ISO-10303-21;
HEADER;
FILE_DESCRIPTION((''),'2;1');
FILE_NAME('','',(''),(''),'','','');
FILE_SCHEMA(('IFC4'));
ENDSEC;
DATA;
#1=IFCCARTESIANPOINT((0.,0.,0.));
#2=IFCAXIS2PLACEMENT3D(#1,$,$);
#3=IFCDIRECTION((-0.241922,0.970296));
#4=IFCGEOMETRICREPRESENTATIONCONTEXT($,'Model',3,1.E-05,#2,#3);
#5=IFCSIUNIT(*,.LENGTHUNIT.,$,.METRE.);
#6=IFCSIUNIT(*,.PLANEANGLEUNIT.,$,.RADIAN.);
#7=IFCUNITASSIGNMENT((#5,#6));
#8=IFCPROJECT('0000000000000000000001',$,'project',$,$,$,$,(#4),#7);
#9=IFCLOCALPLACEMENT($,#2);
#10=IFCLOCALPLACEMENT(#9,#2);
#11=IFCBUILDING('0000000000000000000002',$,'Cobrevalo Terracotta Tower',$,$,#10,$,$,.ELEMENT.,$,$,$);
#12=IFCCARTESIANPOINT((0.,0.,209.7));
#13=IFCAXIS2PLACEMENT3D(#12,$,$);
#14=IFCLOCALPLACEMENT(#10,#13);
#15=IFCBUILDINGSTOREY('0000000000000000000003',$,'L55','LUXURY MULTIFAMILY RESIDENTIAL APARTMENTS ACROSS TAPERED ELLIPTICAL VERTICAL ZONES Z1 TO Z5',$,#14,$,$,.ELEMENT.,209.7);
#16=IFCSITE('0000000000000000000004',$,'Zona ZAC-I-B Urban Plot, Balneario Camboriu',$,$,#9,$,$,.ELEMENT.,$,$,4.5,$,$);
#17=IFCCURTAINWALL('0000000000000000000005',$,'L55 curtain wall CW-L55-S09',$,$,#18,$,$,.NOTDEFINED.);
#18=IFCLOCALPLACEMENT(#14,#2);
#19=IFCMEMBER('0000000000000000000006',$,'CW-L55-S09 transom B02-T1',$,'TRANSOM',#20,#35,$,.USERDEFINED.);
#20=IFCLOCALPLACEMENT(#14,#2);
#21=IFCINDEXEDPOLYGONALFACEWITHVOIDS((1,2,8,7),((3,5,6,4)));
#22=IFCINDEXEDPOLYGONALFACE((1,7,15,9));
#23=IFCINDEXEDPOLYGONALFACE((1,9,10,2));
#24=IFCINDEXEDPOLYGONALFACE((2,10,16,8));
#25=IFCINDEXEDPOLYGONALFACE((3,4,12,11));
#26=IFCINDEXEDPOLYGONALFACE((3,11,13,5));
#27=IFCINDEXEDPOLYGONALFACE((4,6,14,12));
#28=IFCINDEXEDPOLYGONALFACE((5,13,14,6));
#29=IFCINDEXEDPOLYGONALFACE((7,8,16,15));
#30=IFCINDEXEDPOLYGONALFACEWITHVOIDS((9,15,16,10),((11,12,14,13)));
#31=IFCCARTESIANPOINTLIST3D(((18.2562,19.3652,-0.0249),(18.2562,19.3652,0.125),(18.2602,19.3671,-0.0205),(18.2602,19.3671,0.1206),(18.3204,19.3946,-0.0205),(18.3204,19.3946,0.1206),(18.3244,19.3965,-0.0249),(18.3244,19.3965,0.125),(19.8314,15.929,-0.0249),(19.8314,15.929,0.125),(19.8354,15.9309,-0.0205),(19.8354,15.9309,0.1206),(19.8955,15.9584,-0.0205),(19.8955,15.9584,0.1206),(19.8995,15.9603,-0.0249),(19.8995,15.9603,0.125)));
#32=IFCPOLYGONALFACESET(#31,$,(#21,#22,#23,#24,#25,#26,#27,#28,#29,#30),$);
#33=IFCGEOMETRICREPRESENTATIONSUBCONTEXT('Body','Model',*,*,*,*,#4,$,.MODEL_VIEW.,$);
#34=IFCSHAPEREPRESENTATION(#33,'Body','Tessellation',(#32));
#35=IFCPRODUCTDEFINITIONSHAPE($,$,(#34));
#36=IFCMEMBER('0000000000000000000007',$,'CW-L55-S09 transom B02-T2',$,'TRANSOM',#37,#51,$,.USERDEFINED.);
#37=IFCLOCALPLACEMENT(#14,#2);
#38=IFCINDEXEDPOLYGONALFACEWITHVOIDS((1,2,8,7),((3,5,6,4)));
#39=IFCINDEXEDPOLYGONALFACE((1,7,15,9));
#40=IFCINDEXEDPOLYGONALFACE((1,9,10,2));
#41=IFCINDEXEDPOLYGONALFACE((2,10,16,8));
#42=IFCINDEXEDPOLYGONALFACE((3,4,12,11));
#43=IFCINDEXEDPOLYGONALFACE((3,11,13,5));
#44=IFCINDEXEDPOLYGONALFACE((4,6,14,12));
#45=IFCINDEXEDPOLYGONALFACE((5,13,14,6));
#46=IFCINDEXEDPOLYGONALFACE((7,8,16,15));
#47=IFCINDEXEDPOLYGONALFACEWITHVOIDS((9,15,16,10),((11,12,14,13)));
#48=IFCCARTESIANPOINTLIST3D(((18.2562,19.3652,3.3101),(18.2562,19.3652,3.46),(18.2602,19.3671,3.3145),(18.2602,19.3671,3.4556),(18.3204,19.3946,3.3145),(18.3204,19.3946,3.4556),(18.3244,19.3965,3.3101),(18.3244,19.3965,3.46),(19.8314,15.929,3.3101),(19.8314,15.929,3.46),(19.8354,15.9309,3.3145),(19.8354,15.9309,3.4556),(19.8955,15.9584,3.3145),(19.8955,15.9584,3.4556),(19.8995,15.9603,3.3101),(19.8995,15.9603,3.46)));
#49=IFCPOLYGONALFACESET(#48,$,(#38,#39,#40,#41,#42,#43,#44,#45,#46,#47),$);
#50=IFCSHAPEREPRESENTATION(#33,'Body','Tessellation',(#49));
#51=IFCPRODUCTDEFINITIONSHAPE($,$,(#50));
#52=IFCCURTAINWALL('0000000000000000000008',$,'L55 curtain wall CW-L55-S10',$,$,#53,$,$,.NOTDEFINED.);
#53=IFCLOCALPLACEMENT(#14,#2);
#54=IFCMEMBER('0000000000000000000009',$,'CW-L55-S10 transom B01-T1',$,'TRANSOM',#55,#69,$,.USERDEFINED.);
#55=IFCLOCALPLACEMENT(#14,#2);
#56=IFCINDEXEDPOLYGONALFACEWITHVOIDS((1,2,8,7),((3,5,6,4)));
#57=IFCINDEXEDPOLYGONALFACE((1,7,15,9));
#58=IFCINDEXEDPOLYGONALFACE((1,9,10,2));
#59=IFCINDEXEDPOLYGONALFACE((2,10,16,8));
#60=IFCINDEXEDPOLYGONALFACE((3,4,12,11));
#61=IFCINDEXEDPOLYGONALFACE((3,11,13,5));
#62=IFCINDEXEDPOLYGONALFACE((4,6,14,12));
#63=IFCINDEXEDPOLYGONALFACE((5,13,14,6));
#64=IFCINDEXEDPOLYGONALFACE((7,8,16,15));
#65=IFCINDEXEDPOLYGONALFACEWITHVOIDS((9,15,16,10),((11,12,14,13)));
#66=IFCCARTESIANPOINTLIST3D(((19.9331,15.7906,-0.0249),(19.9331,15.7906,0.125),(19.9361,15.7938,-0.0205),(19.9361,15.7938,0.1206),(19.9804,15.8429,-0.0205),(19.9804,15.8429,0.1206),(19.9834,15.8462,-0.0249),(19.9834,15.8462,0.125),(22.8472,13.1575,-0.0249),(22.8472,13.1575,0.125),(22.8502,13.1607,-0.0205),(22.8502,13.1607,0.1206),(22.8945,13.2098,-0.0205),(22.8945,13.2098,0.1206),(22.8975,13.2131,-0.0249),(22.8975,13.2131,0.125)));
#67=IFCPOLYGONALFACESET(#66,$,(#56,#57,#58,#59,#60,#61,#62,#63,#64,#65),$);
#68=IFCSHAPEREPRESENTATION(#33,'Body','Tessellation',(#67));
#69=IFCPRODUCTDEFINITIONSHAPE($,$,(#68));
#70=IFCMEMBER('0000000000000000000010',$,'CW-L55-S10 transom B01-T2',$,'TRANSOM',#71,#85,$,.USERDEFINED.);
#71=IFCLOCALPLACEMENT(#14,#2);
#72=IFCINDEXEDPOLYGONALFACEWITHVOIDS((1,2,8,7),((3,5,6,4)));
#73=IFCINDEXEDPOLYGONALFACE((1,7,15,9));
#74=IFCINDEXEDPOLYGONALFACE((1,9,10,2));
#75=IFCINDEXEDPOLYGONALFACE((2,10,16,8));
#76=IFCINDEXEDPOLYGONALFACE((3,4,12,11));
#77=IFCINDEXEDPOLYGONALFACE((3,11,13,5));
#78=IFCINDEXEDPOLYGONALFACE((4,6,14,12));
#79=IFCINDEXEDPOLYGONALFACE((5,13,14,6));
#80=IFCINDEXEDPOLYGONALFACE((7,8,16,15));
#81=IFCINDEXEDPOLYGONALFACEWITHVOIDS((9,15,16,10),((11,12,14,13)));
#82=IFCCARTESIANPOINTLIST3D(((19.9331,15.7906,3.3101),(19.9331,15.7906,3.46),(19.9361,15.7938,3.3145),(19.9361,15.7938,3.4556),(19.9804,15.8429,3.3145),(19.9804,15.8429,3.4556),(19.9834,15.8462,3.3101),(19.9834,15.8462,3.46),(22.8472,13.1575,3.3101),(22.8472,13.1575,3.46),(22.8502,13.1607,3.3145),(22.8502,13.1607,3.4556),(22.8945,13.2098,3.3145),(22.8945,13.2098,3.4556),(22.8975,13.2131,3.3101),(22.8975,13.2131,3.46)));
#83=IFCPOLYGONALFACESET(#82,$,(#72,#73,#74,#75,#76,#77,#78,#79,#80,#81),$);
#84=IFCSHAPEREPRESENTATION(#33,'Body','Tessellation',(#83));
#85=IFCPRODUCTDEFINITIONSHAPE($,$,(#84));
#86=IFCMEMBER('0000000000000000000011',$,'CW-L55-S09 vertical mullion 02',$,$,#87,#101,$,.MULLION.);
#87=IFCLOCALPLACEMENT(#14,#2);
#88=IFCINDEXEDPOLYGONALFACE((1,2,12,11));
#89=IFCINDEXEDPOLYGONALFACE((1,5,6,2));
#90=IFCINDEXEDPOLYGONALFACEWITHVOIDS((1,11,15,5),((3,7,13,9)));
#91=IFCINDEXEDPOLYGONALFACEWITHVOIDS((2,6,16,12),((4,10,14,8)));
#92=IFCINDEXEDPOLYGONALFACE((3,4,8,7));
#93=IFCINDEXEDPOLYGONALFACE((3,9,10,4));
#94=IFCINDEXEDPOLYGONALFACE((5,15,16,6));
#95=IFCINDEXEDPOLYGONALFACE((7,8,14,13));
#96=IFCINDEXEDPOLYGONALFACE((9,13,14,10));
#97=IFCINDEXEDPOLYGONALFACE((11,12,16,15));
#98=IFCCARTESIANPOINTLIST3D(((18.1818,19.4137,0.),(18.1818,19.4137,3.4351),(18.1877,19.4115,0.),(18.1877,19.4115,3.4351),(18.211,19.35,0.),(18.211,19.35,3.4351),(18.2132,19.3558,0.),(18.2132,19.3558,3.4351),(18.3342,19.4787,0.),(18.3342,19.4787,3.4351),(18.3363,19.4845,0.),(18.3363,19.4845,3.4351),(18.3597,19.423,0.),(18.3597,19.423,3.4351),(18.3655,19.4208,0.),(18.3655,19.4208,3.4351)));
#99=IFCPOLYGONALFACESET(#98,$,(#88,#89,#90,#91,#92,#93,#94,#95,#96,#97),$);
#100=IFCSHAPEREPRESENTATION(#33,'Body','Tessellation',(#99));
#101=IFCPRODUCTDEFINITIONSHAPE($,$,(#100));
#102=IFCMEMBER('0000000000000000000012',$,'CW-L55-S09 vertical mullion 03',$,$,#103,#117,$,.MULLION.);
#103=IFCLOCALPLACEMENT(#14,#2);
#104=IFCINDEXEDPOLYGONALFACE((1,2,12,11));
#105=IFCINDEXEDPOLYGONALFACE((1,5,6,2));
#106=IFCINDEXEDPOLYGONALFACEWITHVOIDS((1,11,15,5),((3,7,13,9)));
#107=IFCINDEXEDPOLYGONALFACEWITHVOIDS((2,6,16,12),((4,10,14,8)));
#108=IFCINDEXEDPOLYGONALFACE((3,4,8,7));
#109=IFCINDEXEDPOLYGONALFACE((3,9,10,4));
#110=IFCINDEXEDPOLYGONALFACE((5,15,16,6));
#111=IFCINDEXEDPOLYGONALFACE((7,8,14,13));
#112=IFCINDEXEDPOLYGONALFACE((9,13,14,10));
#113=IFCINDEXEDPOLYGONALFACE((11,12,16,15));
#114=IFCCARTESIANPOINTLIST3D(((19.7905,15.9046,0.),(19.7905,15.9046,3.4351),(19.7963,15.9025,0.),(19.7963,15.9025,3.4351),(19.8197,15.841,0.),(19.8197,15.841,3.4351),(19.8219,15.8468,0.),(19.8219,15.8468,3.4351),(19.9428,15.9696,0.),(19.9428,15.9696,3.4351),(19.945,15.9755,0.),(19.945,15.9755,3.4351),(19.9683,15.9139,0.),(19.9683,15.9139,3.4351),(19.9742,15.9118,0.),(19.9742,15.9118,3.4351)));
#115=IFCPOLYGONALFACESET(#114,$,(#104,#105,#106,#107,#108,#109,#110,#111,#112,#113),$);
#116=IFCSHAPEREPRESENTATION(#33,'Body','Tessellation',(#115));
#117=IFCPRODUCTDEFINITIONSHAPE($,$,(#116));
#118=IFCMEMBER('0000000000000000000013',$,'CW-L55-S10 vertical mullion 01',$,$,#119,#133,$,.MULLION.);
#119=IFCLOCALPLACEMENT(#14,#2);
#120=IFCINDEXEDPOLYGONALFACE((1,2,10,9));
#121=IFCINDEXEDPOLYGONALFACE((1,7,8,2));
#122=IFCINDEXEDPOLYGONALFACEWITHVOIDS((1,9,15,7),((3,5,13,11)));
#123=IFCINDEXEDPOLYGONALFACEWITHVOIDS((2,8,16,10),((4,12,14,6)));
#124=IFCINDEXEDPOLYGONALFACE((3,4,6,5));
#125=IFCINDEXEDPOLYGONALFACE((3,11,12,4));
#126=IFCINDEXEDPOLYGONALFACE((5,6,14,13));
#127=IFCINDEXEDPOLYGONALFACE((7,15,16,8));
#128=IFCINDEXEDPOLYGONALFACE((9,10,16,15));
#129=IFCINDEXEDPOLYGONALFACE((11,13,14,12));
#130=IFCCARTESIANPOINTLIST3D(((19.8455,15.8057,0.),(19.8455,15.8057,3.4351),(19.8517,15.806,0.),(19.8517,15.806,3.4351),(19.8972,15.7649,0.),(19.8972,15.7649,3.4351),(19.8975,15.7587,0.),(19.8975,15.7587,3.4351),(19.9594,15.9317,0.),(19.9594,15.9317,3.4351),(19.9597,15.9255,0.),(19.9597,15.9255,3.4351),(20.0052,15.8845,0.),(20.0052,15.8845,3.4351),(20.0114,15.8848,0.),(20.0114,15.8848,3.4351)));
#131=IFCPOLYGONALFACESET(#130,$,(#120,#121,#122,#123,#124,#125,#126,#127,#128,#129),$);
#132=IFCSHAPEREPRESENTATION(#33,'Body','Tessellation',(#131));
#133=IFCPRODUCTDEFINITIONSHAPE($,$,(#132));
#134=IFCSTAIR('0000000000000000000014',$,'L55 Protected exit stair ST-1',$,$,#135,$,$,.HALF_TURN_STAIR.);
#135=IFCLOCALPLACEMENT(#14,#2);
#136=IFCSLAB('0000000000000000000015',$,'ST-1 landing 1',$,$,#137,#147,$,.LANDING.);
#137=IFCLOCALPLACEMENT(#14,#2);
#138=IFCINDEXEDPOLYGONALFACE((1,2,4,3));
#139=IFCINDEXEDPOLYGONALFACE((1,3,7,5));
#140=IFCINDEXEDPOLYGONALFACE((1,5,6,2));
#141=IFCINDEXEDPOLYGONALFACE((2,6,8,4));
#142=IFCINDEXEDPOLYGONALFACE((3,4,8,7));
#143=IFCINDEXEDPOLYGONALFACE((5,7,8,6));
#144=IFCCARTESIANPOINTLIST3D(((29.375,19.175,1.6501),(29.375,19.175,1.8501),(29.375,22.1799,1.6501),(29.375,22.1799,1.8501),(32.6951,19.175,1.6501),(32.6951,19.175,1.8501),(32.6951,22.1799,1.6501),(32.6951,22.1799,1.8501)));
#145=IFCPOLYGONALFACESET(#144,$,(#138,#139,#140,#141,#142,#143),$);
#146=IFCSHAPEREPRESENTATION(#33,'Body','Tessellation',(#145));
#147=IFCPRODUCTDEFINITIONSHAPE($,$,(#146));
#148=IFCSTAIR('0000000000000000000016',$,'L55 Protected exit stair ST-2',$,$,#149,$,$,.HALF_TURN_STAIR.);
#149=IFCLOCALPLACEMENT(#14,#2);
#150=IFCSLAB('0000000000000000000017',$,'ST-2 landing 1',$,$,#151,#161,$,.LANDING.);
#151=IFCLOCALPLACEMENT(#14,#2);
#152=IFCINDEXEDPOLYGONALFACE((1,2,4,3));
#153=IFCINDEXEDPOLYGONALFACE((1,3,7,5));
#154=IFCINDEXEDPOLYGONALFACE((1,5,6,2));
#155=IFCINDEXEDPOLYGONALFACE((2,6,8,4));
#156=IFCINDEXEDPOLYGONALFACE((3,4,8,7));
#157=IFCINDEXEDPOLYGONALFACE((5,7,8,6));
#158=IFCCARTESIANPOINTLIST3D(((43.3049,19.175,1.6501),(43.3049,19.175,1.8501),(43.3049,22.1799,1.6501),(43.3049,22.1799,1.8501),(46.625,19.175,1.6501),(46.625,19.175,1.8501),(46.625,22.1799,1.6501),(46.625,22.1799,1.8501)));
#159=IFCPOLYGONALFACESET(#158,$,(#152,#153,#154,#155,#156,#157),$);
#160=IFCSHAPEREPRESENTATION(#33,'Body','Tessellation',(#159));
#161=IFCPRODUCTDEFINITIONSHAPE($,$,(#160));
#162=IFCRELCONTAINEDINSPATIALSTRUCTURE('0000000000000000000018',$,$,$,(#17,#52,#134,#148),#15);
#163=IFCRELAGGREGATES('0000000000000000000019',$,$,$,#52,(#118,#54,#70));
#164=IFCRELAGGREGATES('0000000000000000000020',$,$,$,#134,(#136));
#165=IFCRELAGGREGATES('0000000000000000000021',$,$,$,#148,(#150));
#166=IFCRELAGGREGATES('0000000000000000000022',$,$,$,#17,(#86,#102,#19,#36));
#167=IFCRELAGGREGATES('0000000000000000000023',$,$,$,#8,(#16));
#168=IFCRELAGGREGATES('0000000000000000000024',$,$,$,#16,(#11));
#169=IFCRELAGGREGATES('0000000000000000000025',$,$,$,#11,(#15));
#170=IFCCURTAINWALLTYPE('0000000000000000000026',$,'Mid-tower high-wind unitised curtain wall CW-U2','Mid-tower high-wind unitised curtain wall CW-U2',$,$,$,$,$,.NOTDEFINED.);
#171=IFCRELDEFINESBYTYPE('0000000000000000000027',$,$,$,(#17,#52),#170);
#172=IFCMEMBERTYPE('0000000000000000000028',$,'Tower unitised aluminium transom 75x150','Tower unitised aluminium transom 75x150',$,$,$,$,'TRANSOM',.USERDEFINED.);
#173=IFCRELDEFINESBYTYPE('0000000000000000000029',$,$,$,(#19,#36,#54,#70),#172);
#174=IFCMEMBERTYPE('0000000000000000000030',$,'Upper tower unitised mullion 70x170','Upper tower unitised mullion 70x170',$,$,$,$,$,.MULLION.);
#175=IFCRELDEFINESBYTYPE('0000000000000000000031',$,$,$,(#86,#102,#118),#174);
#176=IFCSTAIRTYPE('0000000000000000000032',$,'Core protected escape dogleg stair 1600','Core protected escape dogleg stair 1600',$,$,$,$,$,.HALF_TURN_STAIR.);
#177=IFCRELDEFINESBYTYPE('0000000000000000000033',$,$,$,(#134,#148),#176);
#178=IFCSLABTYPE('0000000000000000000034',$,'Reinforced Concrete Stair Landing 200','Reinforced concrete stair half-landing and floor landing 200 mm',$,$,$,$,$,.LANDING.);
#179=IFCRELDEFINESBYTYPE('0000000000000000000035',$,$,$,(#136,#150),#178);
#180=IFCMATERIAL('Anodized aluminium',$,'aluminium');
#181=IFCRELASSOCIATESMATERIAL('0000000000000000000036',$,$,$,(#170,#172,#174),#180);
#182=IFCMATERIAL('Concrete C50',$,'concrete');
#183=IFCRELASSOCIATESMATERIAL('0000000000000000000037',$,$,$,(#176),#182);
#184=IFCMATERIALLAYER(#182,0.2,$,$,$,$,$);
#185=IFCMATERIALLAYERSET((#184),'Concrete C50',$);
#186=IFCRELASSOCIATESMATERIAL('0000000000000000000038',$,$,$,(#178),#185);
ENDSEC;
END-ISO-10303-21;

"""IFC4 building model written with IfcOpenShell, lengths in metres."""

from ifc_helpers import new_model, si_unit, direction, frame, origin, origin_2d, place, context, subcontext, project, spatial, polyline, hollow_rectangle, outline, extrude, source, transform, mapped, material, layer, layer_set, material_profile, profile_set, type_object, element, aggregate, save


model = new_model("IFC4")

# Units and contexts
model_context = context("Model", 3, precision=1e-05, world=origin(), true_north=direction((-0.241922, 0.970296)))
body_context = subcontext(model_context, "Body", "Model", "MODEL_VIEW")
ifc_project = project(units=[si_unit("LENGTHUNIT", "METRE"), si_unit("PLANEANGLEUNIT", "RADIAN")], contexts=[model_context])

# Site, building, storey
site_placement = place(None, origin())
site = spatial("IfcSite", under=ifc_project, at=site_placement, Name="Zona ZAC-I-B Urban Plot, Balneario Camboriu", CompositionType="ELEMENT", RefElevation=4.5)
building_placement = place(site_placement, origin())
building = spatial("IfcBuilding", under=site, at=building_placement, Name="Cobrevalo Terracotta Tower", CompositionType="ELEMENT")
storey_placement = place(building_placement, frame((0.0, 0.0, 209.7)))
storey = spatial("IfcBuildingStorey", under=building, at=storey_placement, Name="L55", Description="LUXURY MULTIFAMILY RESIDENTIAL APARTMENTS ACROSS TAPERED ELLIPTICAL VERTICAL ZONES Z1 TO Z5", CompositionType="ELEMENT", Elevation=209.7)

# Curtain walls, members
ifc_material_1 = material(Name="Anodized aluminium", Category="aluminium")
curtain_wall_type = type_object("IfcCurtainWallType", Name="Mid-tower high-wind unitised curtain wall CW-U2", Description="Mid-tower high-wind unitised curtain wall CW-U2", PredefinedType="NOTDEFINED", material=ifc_material_1)
curtain_wall_1_placement = place(storey_placement, origin())
curtain_wall_1 = element("IfcCurtainWall", 1, at=curtain_wall_1_placement, inside=storey, type_object=curtain_wall_type, Name="L55 curtain wall CW-L55-S09", PredefinedType="NOTDEFINED")
ifc_material_profile_1 = material_profile(ifc_material_1, hollow_rectangle(XDim=0.075, YDim=0.1499, WallThickness=0.0044, at=origin_2d()), Name="CWT 75x150")
ifc_profile_set_1 = profile_set([ifc_material_profile_1], Name="Anodized aluminium")
member_type_1 = type_object("IfcMemberType", Name="Tower unitised aluminium transom 75x150", Description="Tower unitised aluminium transom 75x150", ElementType="TRANSOM", PredefinedType="USERDEFINED", material=ifc_profile_set_1)
shared_shape_1 = source(origin(), body_context, "Body", "SweptSolid", [
    extrude(hollow_rectangle(XDim=0.075, YDim=0.1499, WallThickness=0.0044, at=origin_2d()), origin(), (0.0, 0.0, 1.0), 3.78),
])
member_1_placement = place(storey_placement, frame((18.2903, 19.3809, 0.05), z_axis=(0.416706, -0.909041, 0.0), x_axis=(0.909041, 0.416706, 0.0)))
member_1 = element("IfcMember", 2, at=member_1_placement, type_object=member_type_1, Name="CW-L55-S09 transom B02-T1", ObjectType="TRANSOM", PredefinedType="USERDEFINED", context=body_context, shape_type="MappedRepresentation", body=[
    mapped(shared_shape_1, transform((0.0, 0.0, 0.0), scale=1.0)),
])
member_2_placement = place(storey_placement, frame((18.2903, 19.3809, 3.385), z_axis=(0.416706, -0.909041, 0.0), x_axis=(0.909041, 0.416706, 0.0)))
member_2 = element("IfcMember", 3, at=member_2_placement, type_object=member_type_1, Name="CW-L55-S09 transom B02-T2", ObjectType="TRANSOM", PredefinedType="USERDEFINED", context=body_context, shape_type="MappedRepresentation", body=[
    mapped(shared_shape_1, transform((0.0, 0.0, 0.0), scale=1.0)),
])
curtain_wall_2_placement = place(storey_placement, origin())
curtain_wall_2 = element("IfcCurtainWall", 4, at=curtain_wall_2_placement, inside=storey, type_object=curtain_wall_type, Name="L55 curtain wall CW-L55-S10", PredefinedType="NOTDEFINED")
shared_shape_2 = source(origin(), body_context, "Body", "SweptSolid", [
    extrude(hollow_rectangle(XDim=0.075, YDim=0.1499, WallThickness=0.0044, at=origin_2d()), origin(), (0.0, 0.0, 1.0), 3.9275),
])
member_3_placement = place(storey_placement, frame((19.9583, 15.8184, 0.05), z_axis=(0.741976, -0.670426, 0.0), x_axis=(0.670426, 0.741976, 0.0)))
member_3 = element("IfcMember", 5, at=member_3_placement, type_object=member_type_1, Name="CW-L55-S10 transom B01-T1", ObjectType="TRANSOM", PredefinedType="USERDEFINED", context=body_context, shape_type="MappedRepresentation", body=[
    mapped(shared_shape_2, transform((0.0, 0.0, 0.0), scale=1.0)),
])
member_4_placement = place(storey_placement, frame((19.9583, 15.8184, 3.385), z_axis=(0.741976, -0.670426, 0.0), x_axis=(0.670426, 0.741976, 0.0)))
member_4 = element("IfcMember", 6, at=member_4_placement, type_object=member_type_1, Name="CW-L55-S10 transom B01-T2", ObjectType="TRANSOM", PredefinedType="USERDEFINED", context=body_context, shape_type="MappedRepresentation", body=[
    mapped(shared_shape_2, transform((0.0, 0.0, 0.0), scale=1.0)),
])

# Members
ifc_material_profile_2 = material_profile(ifc_material_1, hollow_rectangle(XDim=0.0701, YDim=0.1699, WallThickness=0.0044, at=origin_2d()), Name="CWM 70x170")
ifc_profile_set_2 = profile_set([ifc_material_profile_2], Name="Anodized aluminium")
member_type_2 = type_object("IfcMemberType", Name="Upper tower unitised mullion 70x170", Description="Upper tower unitised mullion 70x170", PredefinedType="MULLION", material=ifc_profile_set_2)
shared_shape_3 = source(origin(), body_context, "Body", "SweptSolid", [
    extrude(hollow_rectangle(XDim=0.0701, YDim=0.1699, WallThickness=0.0044, at=origin_2d()), origin(), (0.0, 0.0, 1.0), 3.4351),
])
member_5_placement = place(storey_placement, frame((18.2737, 19.4172, 0.0), z_axis=(0.0, 0.0, 1.0), x_axis=(0.416725, -0.909033, 0.0)))
member_5 = element("IfcMember", 7, at=member_5_placement, type_object=member_type_2, Name="CW-L55-S09 vertical mullion 02", PredefinedType="MULLION", context=body_context, shape_type="MappedRepresentation", body=[
    mapped(shared_shape_3, transform((0.0, 0.0, 0.0), scale=1.0)),
])
member_6_placement = place(storey_placement, frame((19.8823, 15.9082, 0.0), z_axis=(0.0, 0.0, 1.0), x_axis=(0.416725, -0.909033, 0.0)))
member_6 = element("IfcMember", 8, at=member_6_placement, type_object=member_type_2, Name="CW-L55-S09 vertical mullion 03", PredefinedType="MULLION", context=body_context, shape_type="MappedRepresentation", body=[
    mapped(shared_shape_3, transform((0.0, 0.0, 0.0), scale=1.0)),
])
member_7_placement = place(storey_placement, frame((19.9285, 15.8452, 0.0), z_axis=(0.0, 0.0, 1.0), x_axis=(0.741988, -0.670414, 0.0)))
member_7 = element("IfcMember", 9, at=member_7_placement, type_object=member_type_2, Name="CW-L55-S10 vertical mullion 01", PredefinedType="MULLION", context=body_context, shape_type="MappedRepresentation", body=[
    mapped(shared_shape_3, transform((0.0, 0.0, 0.0), scale=1.0)),
])
aggregate(curtain_wall_2, [member_7, member_3, member_4])

# Stairs, slabs
ifc_material_2 = material(Name="Concrete C50", Category="concrete")
stair_type = type_object("IfcStairType", Name="Core protected escape dogleg stair 1600", Description="Core protected escape dogleg stair 1600", PredefinedType="HALF_TURN_STAIR", material=ifc_material_2)
stair_1_placement = place(storey_placement, origin())
stair_1 = element("IfcStair", 10, at=stair_1_placement, inside=storey, type_object=stair_type, Name="L55 Protected exit stair ST-1", PredefinedType="HALF_TURN_STAIR")
ifc_layer_1 = layer(ifc_material_2, 0.2)
ifc_layer_set_1 = layer_set([ifc_layer_1], Name="Concrete C50")
slab_type_1 = type_object("IfcSlabType", Name="Reinforced Concrete Stair Landing 200", Description="Reinforced concrete stair half-landing and floor landing 200 mm", PredefinedType="LANDING", material=ifc_layer_set_1)
slab_1_placement = place(storey_placement, frame((0.0, 0.0, 1.6501)))
slab_1 = element("IfcSlab", 11, at=slab_1_placement, type_object=slab_type_1, Name="ST-1 landing 1", PredefinedType="LANDING", context=body_context, shape_type="SweptSolid", body=[
    extrude(outline(polyline([(29.375, 22.1799), (29.375, 19.175), (32.6951, 19.175), (32.6951, 22.1799), (29.375, 22.1799)])), origin(), (0.0, 0.0, 1.0), 0.2),
])
aggregate(stair_1, [slab_1])
stair_2_placement = place(storey_placement, origin())
stair_2 = element("IfcStair", 12, at=stair_2_placement, inside=storey, type_object=stair_type, Name="L55 Protected exit stair ST-2", PredefinedType="HALF_TURN_STAIR")
slab_2_placement = place(storey_placement, frame((0.0, 0.0, 1.6501)))
slab_2 = element("IfcSlab", 13, at=slab_2_placement, type_object=slab_type_1, Name="ST-2 landing 1", PredefinedType="LANDING", context=body_context, shape_type="SweptSolid", body=[
    extrude(outline(polyline([(43.3049, 22.1799), (43.3049, 19.175), (46.625, 19.175), (46.625, 22.1799), (43.3049, 22.1799)])), origin(), (0.0, 0.0, 1.0), 0.2),
])
aggregate(stair_2, [slab_2])

aggregate(curtain_wall_1, [member_5, member_6, member_1, member_2])

save(model, "model.ifc")
